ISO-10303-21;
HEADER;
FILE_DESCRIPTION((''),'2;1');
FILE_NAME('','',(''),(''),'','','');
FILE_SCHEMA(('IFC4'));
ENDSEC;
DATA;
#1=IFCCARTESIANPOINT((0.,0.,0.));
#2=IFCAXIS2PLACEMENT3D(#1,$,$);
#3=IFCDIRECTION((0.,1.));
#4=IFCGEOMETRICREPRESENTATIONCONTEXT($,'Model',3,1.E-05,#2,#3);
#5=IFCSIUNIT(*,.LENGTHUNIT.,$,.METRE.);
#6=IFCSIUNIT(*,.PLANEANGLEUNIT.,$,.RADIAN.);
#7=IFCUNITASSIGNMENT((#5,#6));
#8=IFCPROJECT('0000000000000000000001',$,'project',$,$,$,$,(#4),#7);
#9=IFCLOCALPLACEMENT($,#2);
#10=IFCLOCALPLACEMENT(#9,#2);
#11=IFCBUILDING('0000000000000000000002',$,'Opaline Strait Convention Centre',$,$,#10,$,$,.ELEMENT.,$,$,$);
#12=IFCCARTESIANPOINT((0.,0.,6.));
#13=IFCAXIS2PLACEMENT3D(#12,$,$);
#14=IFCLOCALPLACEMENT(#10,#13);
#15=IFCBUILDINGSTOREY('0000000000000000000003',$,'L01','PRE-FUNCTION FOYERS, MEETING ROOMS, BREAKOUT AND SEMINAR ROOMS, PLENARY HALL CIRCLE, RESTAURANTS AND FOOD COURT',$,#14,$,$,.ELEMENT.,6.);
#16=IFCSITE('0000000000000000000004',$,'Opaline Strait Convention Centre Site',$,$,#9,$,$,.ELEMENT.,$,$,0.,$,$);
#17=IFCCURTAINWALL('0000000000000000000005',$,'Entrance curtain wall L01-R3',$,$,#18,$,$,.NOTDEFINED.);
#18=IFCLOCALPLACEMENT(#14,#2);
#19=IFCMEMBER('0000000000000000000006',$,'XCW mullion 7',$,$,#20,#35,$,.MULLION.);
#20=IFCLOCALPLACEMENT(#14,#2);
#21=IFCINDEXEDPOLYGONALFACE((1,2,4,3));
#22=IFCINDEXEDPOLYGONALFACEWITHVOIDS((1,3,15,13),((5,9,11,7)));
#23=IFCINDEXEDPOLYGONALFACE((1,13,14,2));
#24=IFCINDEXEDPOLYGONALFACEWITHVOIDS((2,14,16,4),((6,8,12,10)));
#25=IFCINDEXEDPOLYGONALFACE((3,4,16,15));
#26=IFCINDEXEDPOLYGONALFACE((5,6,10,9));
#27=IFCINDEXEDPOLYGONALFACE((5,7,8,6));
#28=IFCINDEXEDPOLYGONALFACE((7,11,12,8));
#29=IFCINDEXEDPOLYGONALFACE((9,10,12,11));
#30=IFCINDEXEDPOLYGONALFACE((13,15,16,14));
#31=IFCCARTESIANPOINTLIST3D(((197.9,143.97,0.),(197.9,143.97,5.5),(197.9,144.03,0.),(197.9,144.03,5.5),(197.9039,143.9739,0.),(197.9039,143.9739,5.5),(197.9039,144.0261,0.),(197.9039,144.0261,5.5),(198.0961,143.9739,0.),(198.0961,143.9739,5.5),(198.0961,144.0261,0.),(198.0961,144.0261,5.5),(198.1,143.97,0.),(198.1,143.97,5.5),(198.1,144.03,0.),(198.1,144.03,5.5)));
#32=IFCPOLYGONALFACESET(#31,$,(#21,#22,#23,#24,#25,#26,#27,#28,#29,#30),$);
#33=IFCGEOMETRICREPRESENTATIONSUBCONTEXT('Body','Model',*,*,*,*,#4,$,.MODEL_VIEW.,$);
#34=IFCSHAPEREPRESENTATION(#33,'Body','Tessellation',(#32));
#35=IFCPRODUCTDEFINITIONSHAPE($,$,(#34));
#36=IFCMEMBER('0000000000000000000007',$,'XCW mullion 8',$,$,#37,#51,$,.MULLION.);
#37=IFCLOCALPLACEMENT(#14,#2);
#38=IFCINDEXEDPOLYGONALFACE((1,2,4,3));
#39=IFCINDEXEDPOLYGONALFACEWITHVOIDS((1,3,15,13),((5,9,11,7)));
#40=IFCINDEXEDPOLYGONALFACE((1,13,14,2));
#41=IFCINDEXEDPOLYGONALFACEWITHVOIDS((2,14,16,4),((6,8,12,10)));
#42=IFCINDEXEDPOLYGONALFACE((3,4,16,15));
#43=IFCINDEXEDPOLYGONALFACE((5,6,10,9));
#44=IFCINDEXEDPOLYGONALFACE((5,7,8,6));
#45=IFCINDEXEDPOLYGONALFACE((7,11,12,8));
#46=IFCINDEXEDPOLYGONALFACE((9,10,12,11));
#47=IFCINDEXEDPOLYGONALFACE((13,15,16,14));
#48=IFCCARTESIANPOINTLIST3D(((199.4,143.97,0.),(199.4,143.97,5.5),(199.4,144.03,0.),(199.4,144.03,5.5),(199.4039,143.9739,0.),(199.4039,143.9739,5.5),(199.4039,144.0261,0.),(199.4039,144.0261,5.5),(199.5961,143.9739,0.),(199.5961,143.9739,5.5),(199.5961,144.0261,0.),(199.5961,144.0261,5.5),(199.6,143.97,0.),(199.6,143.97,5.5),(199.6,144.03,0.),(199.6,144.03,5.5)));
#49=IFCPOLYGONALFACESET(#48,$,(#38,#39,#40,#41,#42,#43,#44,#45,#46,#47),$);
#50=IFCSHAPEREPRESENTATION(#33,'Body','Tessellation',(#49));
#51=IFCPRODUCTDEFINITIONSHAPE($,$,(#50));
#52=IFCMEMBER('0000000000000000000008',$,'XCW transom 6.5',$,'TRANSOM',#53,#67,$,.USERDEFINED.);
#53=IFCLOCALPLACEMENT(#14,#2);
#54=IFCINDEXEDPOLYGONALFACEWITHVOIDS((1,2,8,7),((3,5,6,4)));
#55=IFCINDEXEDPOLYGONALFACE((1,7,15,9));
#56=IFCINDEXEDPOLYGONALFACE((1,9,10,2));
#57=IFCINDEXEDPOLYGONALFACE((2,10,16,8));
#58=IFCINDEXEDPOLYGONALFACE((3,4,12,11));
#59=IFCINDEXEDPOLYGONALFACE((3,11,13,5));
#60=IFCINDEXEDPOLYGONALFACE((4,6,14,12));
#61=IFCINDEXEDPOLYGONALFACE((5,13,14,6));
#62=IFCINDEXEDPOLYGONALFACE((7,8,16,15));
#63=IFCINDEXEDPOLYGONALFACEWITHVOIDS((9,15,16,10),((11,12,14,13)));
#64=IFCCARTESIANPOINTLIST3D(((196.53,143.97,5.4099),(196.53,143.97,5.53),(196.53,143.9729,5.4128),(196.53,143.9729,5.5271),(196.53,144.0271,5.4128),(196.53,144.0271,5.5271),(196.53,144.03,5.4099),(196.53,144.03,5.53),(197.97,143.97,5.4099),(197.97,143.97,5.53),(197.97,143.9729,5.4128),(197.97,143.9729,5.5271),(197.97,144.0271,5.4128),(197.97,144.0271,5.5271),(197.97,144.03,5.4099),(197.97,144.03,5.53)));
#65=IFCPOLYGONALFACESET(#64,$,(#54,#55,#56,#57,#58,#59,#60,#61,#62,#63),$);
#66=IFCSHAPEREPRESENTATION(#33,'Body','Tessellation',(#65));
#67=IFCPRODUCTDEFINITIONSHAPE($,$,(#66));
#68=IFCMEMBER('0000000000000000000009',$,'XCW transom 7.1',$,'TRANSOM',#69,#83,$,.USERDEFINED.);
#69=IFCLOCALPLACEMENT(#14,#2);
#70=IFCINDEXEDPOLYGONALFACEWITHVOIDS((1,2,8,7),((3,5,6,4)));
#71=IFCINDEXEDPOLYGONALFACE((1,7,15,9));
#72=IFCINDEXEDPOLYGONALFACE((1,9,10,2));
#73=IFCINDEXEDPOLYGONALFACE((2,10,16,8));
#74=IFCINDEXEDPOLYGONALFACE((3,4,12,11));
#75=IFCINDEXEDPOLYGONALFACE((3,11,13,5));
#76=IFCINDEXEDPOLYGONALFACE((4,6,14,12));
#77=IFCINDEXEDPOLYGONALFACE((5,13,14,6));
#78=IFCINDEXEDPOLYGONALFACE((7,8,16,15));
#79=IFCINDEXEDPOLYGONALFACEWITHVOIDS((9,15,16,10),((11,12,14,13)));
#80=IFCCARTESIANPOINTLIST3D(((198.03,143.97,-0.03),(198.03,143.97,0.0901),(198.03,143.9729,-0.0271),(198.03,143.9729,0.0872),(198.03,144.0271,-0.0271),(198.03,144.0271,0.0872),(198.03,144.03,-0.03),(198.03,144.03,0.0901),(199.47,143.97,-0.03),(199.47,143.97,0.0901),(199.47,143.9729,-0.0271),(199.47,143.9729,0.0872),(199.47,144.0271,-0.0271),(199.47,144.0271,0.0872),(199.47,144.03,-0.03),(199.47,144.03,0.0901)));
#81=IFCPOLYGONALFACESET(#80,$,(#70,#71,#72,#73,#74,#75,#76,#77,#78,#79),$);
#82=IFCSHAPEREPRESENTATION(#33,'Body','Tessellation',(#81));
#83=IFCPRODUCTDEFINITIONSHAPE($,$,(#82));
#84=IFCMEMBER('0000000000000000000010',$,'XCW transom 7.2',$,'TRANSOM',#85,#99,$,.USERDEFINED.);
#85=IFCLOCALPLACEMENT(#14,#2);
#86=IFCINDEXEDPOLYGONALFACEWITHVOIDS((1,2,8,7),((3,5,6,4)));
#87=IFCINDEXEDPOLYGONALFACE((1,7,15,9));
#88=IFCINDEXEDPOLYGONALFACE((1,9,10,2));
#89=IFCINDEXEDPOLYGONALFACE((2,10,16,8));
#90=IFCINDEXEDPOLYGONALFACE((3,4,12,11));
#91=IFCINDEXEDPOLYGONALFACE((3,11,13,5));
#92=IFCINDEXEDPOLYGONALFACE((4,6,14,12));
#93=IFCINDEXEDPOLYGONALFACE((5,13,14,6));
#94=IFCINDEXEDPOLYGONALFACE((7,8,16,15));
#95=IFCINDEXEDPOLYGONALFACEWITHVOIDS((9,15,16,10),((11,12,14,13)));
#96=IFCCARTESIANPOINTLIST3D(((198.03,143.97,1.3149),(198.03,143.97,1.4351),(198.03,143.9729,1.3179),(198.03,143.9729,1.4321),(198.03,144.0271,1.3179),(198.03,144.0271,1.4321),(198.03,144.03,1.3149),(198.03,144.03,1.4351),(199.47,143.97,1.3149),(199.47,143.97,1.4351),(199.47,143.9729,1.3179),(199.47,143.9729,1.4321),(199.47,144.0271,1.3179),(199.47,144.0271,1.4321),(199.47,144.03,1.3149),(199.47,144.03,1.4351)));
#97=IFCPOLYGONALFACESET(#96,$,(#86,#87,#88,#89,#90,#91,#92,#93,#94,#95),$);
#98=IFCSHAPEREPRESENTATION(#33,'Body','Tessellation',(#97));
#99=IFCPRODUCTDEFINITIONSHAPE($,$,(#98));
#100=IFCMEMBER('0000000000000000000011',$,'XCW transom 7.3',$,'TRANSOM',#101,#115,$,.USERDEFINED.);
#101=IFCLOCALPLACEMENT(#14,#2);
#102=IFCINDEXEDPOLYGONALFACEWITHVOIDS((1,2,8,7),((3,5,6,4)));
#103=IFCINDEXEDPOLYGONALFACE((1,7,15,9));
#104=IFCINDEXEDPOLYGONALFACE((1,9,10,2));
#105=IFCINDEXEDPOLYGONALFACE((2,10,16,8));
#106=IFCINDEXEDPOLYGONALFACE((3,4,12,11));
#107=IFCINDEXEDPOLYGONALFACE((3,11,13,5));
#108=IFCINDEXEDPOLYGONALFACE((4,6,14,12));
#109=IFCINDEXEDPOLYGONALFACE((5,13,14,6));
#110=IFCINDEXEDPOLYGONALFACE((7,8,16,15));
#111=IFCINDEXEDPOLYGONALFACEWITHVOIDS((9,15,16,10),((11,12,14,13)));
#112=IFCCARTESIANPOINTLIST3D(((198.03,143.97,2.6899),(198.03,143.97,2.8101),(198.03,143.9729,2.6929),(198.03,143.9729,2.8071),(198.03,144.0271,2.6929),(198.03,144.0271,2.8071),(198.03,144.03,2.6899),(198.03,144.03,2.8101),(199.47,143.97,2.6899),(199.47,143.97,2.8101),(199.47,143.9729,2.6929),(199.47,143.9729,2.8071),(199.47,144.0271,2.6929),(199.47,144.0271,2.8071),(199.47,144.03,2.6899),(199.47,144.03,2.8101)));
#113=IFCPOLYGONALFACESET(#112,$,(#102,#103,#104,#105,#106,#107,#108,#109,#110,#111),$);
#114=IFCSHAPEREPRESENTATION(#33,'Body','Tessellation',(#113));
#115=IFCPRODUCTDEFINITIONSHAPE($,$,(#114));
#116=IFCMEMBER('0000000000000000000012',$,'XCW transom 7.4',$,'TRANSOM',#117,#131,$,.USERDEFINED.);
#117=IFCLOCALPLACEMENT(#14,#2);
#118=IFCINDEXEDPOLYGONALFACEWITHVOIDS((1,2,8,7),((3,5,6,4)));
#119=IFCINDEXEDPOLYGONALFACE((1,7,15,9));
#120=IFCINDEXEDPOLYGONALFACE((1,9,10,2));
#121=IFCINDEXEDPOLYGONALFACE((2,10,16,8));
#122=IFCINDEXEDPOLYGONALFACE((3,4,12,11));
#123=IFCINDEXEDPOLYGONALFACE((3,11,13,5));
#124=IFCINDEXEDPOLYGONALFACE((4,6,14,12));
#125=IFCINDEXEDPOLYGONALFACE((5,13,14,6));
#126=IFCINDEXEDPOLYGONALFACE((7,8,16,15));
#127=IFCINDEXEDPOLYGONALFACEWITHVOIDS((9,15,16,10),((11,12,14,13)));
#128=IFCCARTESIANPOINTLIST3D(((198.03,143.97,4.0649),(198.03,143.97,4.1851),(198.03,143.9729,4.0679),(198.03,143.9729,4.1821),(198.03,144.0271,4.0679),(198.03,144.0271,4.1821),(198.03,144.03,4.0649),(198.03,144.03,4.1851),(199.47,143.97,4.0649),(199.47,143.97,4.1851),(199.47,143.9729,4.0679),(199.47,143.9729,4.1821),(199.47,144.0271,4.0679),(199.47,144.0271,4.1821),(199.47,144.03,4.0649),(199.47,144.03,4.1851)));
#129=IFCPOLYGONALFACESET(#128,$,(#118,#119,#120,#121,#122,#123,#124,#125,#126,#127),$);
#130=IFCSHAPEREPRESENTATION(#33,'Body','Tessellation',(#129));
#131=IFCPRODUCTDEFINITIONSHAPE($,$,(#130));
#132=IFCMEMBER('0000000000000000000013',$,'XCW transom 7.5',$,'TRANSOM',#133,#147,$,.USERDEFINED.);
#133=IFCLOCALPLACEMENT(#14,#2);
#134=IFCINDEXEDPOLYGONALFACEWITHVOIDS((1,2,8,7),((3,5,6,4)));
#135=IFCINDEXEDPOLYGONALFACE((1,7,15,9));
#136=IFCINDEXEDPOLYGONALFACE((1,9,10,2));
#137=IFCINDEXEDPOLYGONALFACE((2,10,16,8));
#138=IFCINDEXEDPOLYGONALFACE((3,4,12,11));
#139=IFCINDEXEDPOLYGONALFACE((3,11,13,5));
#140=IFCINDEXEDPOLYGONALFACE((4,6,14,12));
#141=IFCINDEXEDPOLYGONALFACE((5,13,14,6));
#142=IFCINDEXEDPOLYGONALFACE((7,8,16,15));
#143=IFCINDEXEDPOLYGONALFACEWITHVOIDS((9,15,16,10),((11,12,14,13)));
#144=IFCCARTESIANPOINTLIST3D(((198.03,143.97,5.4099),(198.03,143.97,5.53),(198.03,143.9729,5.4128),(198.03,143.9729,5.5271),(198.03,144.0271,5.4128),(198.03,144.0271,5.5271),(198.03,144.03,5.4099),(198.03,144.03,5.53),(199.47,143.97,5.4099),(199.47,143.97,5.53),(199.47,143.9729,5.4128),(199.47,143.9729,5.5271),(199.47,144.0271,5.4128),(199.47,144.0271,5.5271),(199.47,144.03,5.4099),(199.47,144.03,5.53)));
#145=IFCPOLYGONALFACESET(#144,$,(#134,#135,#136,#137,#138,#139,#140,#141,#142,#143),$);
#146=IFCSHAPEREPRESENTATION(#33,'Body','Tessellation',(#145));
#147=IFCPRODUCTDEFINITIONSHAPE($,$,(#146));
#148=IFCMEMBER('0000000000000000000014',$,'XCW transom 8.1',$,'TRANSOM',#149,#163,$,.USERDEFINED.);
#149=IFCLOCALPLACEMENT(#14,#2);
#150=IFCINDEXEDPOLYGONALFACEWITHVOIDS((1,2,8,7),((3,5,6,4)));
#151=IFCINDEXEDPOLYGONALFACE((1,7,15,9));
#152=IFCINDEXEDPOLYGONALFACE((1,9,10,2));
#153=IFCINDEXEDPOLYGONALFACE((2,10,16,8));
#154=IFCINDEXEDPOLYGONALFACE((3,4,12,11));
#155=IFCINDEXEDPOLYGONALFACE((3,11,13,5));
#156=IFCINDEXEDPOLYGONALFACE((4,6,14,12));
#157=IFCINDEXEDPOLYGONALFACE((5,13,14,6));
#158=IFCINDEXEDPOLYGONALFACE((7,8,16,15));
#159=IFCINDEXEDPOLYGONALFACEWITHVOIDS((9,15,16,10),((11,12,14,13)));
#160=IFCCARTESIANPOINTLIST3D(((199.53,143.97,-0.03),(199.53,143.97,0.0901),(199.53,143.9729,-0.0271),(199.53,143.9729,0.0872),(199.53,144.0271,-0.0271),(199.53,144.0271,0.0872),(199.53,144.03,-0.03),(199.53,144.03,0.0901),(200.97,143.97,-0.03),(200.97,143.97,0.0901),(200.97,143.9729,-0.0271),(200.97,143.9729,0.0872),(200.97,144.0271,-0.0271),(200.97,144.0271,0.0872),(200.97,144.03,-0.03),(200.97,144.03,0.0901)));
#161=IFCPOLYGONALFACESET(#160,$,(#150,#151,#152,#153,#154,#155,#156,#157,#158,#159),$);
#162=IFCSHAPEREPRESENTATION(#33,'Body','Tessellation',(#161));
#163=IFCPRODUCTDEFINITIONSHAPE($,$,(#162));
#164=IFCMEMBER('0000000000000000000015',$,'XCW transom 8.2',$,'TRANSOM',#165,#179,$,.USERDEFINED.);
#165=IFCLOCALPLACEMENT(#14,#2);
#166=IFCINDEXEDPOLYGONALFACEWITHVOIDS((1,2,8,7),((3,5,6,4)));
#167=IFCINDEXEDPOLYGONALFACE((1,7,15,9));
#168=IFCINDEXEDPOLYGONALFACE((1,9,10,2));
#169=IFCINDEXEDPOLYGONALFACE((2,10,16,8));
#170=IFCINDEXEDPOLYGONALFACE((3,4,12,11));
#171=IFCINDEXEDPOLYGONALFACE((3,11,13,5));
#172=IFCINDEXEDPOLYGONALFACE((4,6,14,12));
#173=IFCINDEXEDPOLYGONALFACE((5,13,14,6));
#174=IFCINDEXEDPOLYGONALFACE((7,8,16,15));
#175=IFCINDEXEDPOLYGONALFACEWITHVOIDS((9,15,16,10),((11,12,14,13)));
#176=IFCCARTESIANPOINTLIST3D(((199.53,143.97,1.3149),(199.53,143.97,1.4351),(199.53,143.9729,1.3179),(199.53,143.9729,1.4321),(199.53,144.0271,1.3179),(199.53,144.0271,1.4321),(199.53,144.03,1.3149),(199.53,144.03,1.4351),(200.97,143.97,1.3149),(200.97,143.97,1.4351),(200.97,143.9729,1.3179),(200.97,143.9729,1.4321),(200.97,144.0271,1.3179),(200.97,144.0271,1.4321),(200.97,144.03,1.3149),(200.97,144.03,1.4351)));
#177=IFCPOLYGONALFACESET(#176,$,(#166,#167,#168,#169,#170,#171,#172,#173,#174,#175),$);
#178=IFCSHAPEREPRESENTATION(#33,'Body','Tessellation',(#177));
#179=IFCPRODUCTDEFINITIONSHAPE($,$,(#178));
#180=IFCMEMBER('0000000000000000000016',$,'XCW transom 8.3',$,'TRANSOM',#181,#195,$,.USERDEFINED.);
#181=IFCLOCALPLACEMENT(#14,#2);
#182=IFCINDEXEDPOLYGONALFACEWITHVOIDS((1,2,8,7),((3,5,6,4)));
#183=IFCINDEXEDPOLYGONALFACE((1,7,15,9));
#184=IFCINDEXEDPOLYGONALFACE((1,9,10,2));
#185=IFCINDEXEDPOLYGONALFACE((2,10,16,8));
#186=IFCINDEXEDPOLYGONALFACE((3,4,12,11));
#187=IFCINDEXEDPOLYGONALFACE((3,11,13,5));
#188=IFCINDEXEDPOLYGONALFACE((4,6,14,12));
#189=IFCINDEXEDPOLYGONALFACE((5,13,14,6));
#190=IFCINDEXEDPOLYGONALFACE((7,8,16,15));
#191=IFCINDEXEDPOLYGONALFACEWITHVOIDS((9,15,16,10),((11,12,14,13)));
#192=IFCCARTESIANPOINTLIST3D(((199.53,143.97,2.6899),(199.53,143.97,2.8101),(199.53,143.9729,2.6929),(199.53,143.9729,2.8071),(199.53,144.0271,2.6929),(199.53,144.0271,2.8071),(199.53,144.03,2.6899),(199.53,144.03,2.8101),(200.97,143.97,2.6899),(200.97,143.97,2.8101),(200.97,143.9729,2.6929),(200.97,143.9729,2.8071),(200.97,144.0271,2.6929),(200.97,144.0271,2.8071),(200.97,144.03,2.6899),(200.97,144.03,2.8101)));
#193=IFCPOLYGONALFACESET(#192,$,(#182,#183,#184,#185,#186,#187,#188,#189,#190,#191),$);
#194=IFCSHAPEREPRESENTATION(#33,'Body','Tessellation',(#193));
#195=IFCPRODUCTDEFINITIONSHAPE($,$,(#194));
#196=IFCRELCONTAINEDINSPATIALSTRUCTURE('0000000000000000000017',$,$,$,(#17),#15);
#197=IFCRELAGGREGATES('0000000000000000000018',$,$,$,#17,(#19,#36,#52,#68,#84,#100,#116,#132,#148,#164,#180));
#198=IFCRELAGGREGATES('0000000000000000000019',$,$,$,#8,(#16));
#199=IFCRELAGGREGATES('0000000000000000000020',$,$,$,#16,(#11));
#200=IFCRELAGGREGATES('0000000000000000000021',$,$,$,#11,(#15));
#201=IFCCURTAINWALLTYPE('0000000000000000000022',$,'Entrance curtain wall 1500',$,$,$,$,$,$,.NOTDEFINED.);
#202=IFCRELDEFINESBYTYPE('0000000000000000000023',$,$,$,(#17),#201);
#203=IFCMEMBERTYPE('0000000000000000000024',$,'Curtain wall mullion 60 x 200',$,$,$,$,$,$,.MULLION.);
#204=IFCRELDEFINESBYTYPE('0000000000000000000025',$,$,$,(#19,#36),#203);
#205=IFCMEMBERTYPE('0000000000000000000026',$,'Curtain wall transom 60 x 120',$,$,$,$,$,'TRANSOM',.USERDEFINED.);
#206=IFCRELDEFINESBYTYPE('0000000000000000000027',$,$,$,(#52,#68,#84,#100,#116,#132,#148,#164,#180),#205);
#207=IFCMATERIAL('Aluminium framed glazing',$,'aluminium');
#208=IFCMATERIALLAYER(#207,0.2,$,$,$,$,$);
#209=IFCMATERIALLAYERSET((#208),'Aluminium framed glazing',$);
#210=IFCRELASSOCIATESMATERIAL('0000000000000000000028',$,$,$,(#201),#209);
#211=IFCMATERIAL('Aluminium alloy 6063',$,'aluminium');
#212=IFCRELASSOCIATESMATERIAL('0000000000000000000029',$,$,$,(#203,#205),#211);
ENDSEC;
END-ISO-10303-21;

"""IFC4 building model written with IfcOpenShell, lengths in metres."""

from ifc_helpers import new_model, si_unit, direction, frame, origin, origin_2d, place, context, subcontext, project, spatial, hollow_rectangle, extrude, material, layer, layer_set, material_profile, profile_set, type_object, element, aggregate, save


model = new_model("IFC4")

# Units and contexts
model_context = context("Model", 3, precision=1e-05, world=origin(), true_north=direction((0.0, 1.0)))
body_context = subcontext(model_context, "Body", "Model", "MODEL_VIEW")
ifc_project = project(units=[si_unit("LENGTHUNIT", "METRE"), si_unit("PLANEANGLEUNIT", "RADIAN")], contexts=[model_context])

# Site, building, storey
site_placement = place(None, origin())
site = spatial("IfcSite", under=ifc_project, at=site_placement, Name="Opaline Strait Convention Centre Site", CompositionType="ELEMENT", RefElevation=0.0)
building_placement = place(site_placement, origin())
building = spatial("IfcBuilding", under=site, at=building_placement, Name="Opaline Strait Convention Centre", CompositionType="ELEMENT")
storey_placement = place(building_placement, frame((0.0, 0.0, 6.0)))
storey = spatial("IfcBuildingStorey", under=building, at=storey_placement, Name="L01", Description="PRE-FUNCTION FOYERS, MEETING ROOMS, BREAKOUT AND SEMINAR ROOMS, PLENARY HALL CIRCLE, RESTAURANTS AND FOOD COURT", CompositionType="ELEMENT", Elevation=6.0)

# Curtain wall, members
ifc_material_1 = material(Name="Aluminium framed glazing", Category="aluminium")
ifc_layer_1 = layer(ifc_material_1, 0.2)
ifc_layer_set_1 = layer_set([ifc_layer_1], Name="Aluminium framed glazing")
curtain_wall_type = type_object("IfcCurtainWallType", Name="Entrance curtain wall 1500", PredefinedType="NOTDEFINED", material=ifc_layer_set_1)
curtain_wall_placement = place(storey_placement, origin())
curtain_wall = element("IfcCurtainWall", 1, at=curtain_wall_placement, inside=storey, type_object=curtain_wall_type, Name="Entrance curtain wall L01-R3", PredefinedType="NOTDEFINED")
ifc_material_2 = material(Name="Aluminium alloy 6063", Category="aluminium")
ifc_material_profile_1 = material_profile(ifc_material_2, hollow_rectangle(XDim=0.0601, YDim=0.2, WallThickness=0.0039, at=origin_2d()), Name="MULLION 60x200x4")
ifc_profile_set_1 = profile_set([ifc_material_profile_1], Name="Aluminium alloy 6063")
member_type_1 = type_object("IfcMemberType", Name="Curtain wall mullion 60 x 200", PredefinedType="MULLION", material=ifc_profile_set_1)
member_1_placement = place(storey_placement, frame((198.0, 144.0, 0.0), z_axis=(0.0, 0.0, 1.0), x_axis=(0.0, 1.0, 0.0)))
member_1 = element("IfcMember", 2, at=member_1_placement, type_object=member_type_1, Name="XCW mullion 7", PredefinedType="MULLION", context=body_context, shape_type="SweptSolid", body=[
    extrude(hollow_rectangle(XDim=0.0601, YDim=0.2, WallThickness=0.0039, at=origin_2d()), origin(), (0.0, 0.0, 1.0), 5.5),
])
member_2_placement = place(storey_placement, frame((199.5, 144.0, 0.0), z_axis=(0.0, 0.0, 1.0), x_axis=(0.0, 1.0, 0.0)))
member_2 = element("IfcMember", 3, at=member_2_placement, type_object=member_type_1, Name="XCW mullion 8", PredefinedType="MULLION", context=body_context, shape_type="SweptSolid", body=[
    extrude(hollow_rectangle(XDim=0.0601, YDim=0.2, WallThickness=0.0039, at=origin_2d()), origin(), (0.0, 0.0, 1.0), 5.5),
])
ifc_material_profile_2 = material_profile(ifc_material_2, hollow_rectangle(XDim=0.0601, YDim=0.1201, WallThickness=0.0029, at=origin_2d()), Name="TRANSOM 60x120x3")
ifc_profile_set_2 = profile_set([ifc_material_profile_2], Name="Aluminium alloy 6063")
member_type_2 = type_object("IfcMemberType", Name="Curtain wall transom 60 x 120", ElementType="TRANSOM", PredefinedType="USERDEFINED", material=ifc_profile_set_2)
member_3_placement = place(storey_placement, frame((196.53, 144.0, 5.47), z_axis=(1.0, 0.0, 0.0), x_axis=(0.0, 1.0, 0.0)))
member_3 = element("IfcMember", 4, at=member_3_placement, type_object=member_type_2, Name="XCW transom 6.5", ObjectType="TRANSOM", PredefinedType="USERDEFINED", context=body_context, shape_type="SweptSolid", body=[
    extrude(hollow_rectangle(XDim=0.0601, YDim=0.1201, WallThickness=0.0029, at=origin_2d()), origin(), (0.0, 0.0, 1.0), 1.4399),
])
member_4_placement = place(storey_placement, frame((198.03, 144.0, 0.03), z_axis=(1.0, 0.0, 0.0), x_axis=(0.0, 1.0, 0.0)))
member_4 = element("IfcMember", 5, at=member_4_placement, type_object=member_type_2, Name="XCW transom 7.1", ObjectType="TRANSOM", PredefinedType="USERDEFINED", context=body_context, shape_type="SweptSolid", body=[
    extrude(hollow_rectangle(XDim=0.0601, YDim=0.1201, WallThickness=0.0029, at=origin_2d()), origin(), (0.0, 0.0, 1.0), 1.4399),
])
member_5_placement = place(storey_placement, frame((198.03, 144.0, 1.375), z_axis=(1.0, 0.0, 0.0), x_axis=(0.0, 1.0, 0.0)))
member_5 = element("IfcMember", 6, at=member_5_placement, type_object=member_type_2, Name="XCW transom 7.2", ObjectType="TRANSOM", PredefinedType="USERDEFINED", context=body_context, shape_type="SweptSolid", body=[
    extrude(hollow_rectangle(XDim=0.0601, YDim=0.1201, WallThickness=0.0029, at=origin_2d()), origin(), (0.0, 0.0, 1.0), 1.4399),
])
member_6_placement = place(storey_placement, frame((198.03, 144.0, 2.75), z_axis=(1.0, 0.0, 0.0), x_axis=(0.0, 1.0, 0.0)))
member_6 = element("IfcMember", 7, at=member_6_placement, type_object=member_type_2, Name="XCW transom 7.3", ObjectType="TRANSOM", PredefinedType="USERDEFINED", context=body_context, shape_type="SweptSolid", body=[
    extrude(hollow_rectangle(XDim=0.0601, YDim=0.1201, WallThickness=0.0029, at=origin_2d()), origin(), (0.0, 0.0, 1.0), 1.4399),
])
member_7_placement = place(storey_placement, frame((198.03, 144.0, 4.125), z_axis=(1.0, 0.0, 0.0), x_axis=(0.0, 1.0, 0.0)))
member_7 = element("IfcMember", 8, at=member_7_placement, type_object=member_type_2, Name="XCW transom 7.4", ObjectType="TRANSOM", PredefinedType="USERDEFINED", context=body_context, shape_type="SweptSolid", body=[
    extrude(hollow_rectangle(XDim=0.0601, YDim=0.1201, WallThickness=0.0029, at=origin_2d()), origin(), (0.0, 0.0, 1.0), 1.4399),
])
member_8_placement = place(storey_placement, frame((198.03, 144.0, 5.47), z_axis=(1.0, 0.0, 0.0), x_axis=(0.0, 1.0, 0.0)))
member_8 = element("IfcMember", 9, at=member_8_placement, type_object=member_type_2, Name="XCW transom 7.5", ObjectType="TRANSOM", PredefinedType="USERDEFINED", context=body_context, shape_type="SweptSolid", body=[
    extrude(hollow_rectangle(XDim=0.0601, YDim=0.1201, WallThickness=0.0029, at=origin_2d()), origin(), (0.0, 0.0, 1.0), 1.4399),
])
member_9_placement = place(storey_placement, frame((199.53, 144.0, 0.03), z_axis=(1.0, 0.0, 0.0), x_axis=(0.0, 1.0, 0.0)))
member_9 = element("IfcMember", 10, at=member_9_placement, type_object=member_type_2, Name="XCW transom 8.1", ObjectType="TRANSOM", PredefinedType="USERDEFINED", context=body_context, shape_type="SweptSolid", body=[
    extrude(hollow_rectangle(XDim=0.0601, YDim=0.1201, WallThickness=0.0029, at=origin_2d()), origin(), (0.0, 0.0, 1.0), 1.4399),
])
member_10_placement = place(storey_placement, frame((199.53, 144.0, 1.375), z_axis=(1.0, 0.0, 0.0), x_axis=(0.0, 1.0, 0.0)))
member_10 = element("IfcMember", 11, at=member_10_placement, type_object=member_type_2, Name="XCW transom 8.2", ObjectType="TRANSOM", PredefinedType="USERDEFINED", context=body_context, shape_type="SweptSolid", body=[
    extrude(hollow_rectangle(XDim=0.0601, YDim=0.1201, WallThickness=0.0029, at=origin_2d()), origin(), (0.0, 0.0, 1.0), 1.4399),
])
member_11_placement = place(storey_placement, frame((199.53, 144.0, 2.75), z_axis=(1.0, 0.0, 0.0), x_axis=(0.0, 1.0, 0.0)))
member_11 = element("IfcMember", 12, at=member_11_placement, type_object=member_type_2, Name="XCW transom 8.3", ObjectType="TRANSOM", PredefinedType="USERDEFINED", context=body_context, shape_type="SweptSolid", body=[
    extrude(hollow_rectangle(XDim=0.0601, YDim=0.1201, WallThickness=0.0029, at=origin_2d()), origin(), (0.0, 0.0, 1.0), 1.4399),
])
aggregate(curtain_wall, [member_1, member_2, member_3, member_4, member_5, member_6, member_7, member_8, member_9, member_10, member_11])

save(model, "model.ifc")
